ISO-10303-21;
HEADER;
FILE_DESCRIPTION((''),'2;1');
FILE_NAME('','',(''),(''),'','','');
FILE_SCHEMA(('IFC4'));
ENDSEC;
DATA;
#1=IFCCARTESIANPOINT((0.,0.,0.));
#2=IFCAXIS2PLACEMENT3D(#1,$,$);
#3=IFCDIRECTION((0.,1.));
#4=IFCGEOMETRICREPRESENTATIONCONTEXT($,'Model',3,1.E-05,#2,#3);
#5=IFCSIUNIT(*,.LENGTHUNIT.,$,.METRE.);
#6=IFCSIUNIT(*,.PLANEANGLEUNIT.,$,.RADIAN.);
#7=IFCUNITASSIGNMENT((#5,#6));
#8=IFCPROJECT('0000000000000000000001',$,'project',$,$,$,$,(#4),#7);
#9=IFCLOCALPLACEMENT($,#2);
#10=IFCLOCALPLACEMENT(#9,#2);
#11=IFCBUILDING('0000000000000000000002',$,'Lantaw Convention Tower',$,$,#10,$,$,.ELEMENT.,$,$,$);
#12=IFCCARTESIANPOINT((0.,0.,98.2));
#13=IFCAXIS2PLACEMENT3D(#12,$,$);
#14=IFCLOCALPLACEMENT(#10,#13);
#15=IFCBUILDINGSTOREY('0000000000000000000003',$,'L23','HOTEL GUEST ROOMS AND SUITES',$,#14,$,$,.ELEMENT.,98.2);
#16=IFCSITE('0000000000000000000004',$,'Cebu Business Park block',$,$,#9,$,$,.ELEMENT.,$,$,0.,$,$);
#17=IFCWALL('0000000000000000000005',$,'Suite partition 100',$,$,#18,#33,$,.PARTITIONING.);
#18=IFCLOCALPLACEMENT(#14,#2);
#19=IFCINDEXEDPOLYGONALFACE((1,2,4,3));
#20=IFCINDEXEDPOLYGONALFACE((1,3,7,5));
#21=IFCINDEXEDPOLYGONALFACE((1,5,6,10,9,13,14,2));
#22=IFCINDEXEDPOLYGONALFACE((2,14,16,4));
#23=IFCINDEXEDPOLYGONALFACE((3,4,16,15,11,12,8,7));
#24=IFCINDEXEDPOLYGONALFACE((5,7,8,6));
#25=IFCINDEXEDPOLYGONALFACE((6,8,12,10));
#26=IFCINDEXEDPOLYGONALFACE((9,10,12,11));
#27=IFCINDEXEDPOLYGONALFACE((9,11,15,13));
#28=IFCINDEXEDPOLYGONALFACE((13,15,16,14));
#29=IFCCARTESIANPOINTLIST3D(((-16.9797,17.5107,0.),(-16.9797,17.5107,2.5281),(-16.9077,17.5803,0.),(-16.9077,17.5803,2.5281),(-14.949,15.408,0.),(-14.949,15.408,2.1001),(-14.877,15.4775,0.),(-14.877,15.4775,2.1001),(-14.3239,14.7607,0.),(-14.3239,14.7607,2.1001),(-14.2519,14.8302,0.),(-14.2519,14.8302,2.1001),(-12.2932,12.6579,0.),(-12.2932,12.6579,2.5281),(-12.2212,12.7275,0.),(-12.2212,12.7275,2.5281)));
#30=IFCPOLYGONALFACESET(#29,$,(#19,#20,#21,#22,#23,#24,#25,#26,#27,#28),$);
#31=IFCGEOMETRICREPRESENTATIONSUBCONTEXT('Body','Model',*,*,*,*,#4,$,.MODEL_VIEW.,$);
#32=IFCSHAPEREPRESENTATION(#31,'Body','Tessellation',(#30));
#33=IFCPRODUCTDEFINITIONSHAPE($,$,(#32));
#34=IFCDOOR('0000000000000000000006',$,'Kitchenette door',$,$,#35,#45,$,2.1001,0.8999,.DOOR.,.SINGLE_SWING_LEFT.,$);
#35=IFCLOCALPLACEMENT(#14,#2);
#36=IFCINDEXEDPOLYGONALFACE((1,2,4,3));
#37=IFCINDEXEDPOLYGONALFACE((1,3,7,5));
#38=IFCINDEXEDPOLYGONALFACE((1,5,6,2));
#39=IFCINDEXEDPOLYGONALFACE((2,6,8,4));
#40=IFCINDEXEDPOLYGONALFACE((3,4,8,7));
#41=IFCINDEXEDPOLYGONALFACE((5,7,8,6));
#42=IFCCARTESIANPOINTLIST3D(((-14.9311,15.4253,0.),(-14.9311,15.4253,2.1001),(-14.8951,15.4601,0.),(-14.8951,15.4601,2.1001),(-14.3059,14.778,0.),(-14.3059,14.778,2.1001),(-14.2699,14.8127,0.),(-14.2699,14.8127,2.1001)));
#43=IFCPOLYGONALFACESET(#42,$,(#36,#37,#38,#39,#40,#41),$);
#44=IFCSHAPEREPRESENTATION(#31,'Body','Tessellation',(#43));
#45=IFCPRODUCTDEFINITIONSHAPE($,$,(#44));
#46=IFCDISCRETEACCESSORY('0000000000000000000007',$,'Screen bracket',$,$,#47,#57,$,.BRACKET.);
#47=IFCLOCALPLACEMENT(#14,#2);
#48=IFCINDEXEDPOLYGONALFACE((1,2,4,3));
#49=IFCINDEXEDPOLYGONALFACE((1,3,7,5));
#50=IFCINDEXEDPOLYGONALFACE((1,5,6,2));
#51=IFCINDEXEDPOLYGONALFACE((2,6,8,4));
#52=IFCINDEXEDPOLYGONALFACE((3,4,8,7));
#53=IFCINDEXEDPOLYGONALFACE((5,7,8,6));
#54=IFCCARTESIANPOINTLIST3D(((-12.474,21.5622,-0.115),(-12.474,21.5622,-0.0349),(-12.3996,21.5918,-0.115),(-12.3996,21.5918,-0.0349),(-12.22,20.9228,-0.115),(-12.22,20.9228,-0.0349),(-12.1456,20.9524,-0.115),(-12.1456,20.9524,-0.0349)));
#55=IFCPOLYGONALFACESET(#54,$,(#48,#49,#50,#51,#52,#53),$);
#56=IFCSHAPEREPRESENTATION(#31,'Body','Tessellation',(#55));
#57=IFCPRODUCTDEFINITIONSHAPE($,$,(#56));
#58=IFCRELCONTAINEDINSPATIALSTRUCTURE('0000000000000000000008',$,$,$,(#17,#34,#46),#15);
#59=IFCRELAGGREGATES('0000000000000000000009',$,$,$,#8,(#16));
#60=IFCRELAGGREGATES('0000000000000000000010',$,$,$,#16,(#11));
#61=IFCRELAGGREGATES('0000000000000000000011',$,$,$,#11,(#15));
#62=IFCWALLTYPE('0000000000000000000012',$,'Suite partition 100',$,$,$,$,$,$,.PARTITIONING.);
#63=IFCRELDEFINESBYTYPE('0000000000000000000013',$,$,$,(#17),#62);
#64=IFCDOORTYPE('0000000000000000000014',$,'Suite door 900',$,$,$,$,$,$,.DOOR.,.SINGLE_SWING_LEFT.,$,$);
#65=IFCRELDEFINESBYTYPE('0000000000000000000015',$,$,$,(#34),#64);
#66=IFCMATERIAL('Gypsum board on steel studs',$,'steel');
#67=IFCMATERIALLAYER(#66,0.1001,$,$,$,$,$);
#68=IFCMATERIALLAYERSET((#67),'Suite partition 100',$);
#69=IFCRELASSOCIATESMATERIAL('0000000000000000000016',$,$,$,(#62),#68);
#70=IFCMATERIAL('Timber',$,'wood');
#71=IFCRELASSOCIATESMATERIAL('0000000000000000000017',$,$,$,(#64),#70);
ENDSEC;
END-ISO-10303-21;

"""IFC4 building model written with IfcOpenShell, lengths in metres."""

from ifc_helpers import new_model, si_unit, direction, frame, frame_2d, origin, origin_2d, place, context, subcontext, project, spatial, rectangle, extrude, material, layer, layer_set, type_object, element, fill, save


model = new_model("IFC4")

# Units and contexts
model_context = context("Model", 3, precision=1e-05, world=origin(), true_north=direction((0.0, 1.0)))
body_context = subcontext(model_context, "Body", "Model", "MODEL_VIEW")
ifc_project = project(units=[si_unit("LENGTHUNIT", "METRE"), si_unit("PLANEANGLEUNIT", "RADIAN")], contexts=[model_context])

# Site, building, storey
site_placement = place(None, origin())
site = spatial("IfcSite", under=ifc_project, at=site_placement, Name="Cebu Business Park block", CompositionType="ELEMENT", RefElevation=0.0)
building_placement = place(site_placement, origin())
building = spatial("IfcBuilding", under=site, at=building_placement, Name="Lantaw Convention Tower", CompositionType="ELEMENT")
storey_placement = place(building_placement, frame((0.0, 0.0, 98.2)))
storey = spatial("IfcBuildingStorey", under=building, at=storey_placement, Name="L23", Description="HOTEL GUEST ROOMS AND SUITES", CompositionType="ELEMENT", Elevation=98.2)

# Wall, opening, door
ifc_material_1 = material(Name="Gypsum board on steel studs", Category="steel")
ifc_layer_1 = layer(ifc_material_1, 0.1001)
ifc_layer_set_1 = layer_set([ifc_layer_1], Name="Suite partition 100")
wall_type_1 = type_object("IfcWallType", Name="Suite partition 100", PredefinedType="PARTITIONING", material=ifc_layer_set_1)
wall_1_placement = place(storey_placement, frame((-16.9436, 17.5454, 0.0), z_axis=(0.0, 0.0, 1.0), x_axis=(0.694677, -0.719322, 0.0)))
wall_1 = element("IfcWall", 1, at=wall_1_placement, inside=storey, type_object=wall_type_1, Name="Suite partition 100", PredefinedType="PARTITIONING", context=body_context, shape_type="SweptSolid", body=[
    extrude(rectangle(XDim=6.7463, YDim=0.1001, at=frame_2d((3.373, 0.0))), origin(), (0.0, 0.0, 1.0), 2.5281),
])
opening_1_placement = place(wall_1_placement, frame((2.9231, 0.0, 0.0)))
opening_1 = element("IfcOpeningElement", 2, at=opening_1_placement, cuts=wall_1, PredefinedType="OPENING", context=body_context, shape_type="SweptSolid", body=[
    extrude(rectangle(XDim=0.8999, YDim=2.1001, at=frame_2d((0.45, 1.05))), frame((0.0, 0.0601, 0.0), z_axis=(0.0, -1.0, 0.0), x_axis=(1.0, 0.0, 0.0)), (0.0, 0.0, 1.0), 0.1201),
])
ifc_material_2 = material(Name="Timber", Category="wood")
door_type_1 = type_object("IfcDoorType", Name="Suite door 900", OperationType="SINGLE_SWING_LEFT", PredefinedType="DOOR", material=ifc_material_2)
door_1_placement = place(opening_1_placement, origin())
door_1 = element("IfcDoor", 3, at=door_1_placement, inside=storey, type_object=door_type_1, Name="Kitchenette door", OperationType="SINGLE_SWING_LEFT", OverallHeight=2.1001, OverallWidth=0.8999, PredefinedType="DOOR", context=body_context, shape_type="SweptSolid", body=[
    extrude(rectangle(XDim=0.8999, YDim=2.1001, at=frame_2d((0.45, 1.05))), frame((0.0, 0.0249, 0.0), z_axis=(0.0, -1.0, 0.0), x_axis=(1.0, 0.0, 0.0)), (0.0, 0.0, 1.0), 0.05),
])
fill(opening_1, door_1)

# Discrete accessory
discrete_accessory_placement = place(storey_placement, frame((-12.3098, 21.2573, -0.115), z_axis=(0.0, 0.0, 1.0), x_axis=(-0.929361, -0.369172, 0.0)))
element("IfcDiscreteAccessory", 4, at=discrete_accessory_placement, inside=storey, Name="Screen bracket", PredefinedType="BRACKET", context=body_context, shape_type="SweptSolid", body=[
    extrude(rectangle(XDim=0.0801, YDim=0.688, at=origin_2d()), origin(), (0.0, 0.0, 1.0), 0.0801),
])

save(model, "model.ifc")
